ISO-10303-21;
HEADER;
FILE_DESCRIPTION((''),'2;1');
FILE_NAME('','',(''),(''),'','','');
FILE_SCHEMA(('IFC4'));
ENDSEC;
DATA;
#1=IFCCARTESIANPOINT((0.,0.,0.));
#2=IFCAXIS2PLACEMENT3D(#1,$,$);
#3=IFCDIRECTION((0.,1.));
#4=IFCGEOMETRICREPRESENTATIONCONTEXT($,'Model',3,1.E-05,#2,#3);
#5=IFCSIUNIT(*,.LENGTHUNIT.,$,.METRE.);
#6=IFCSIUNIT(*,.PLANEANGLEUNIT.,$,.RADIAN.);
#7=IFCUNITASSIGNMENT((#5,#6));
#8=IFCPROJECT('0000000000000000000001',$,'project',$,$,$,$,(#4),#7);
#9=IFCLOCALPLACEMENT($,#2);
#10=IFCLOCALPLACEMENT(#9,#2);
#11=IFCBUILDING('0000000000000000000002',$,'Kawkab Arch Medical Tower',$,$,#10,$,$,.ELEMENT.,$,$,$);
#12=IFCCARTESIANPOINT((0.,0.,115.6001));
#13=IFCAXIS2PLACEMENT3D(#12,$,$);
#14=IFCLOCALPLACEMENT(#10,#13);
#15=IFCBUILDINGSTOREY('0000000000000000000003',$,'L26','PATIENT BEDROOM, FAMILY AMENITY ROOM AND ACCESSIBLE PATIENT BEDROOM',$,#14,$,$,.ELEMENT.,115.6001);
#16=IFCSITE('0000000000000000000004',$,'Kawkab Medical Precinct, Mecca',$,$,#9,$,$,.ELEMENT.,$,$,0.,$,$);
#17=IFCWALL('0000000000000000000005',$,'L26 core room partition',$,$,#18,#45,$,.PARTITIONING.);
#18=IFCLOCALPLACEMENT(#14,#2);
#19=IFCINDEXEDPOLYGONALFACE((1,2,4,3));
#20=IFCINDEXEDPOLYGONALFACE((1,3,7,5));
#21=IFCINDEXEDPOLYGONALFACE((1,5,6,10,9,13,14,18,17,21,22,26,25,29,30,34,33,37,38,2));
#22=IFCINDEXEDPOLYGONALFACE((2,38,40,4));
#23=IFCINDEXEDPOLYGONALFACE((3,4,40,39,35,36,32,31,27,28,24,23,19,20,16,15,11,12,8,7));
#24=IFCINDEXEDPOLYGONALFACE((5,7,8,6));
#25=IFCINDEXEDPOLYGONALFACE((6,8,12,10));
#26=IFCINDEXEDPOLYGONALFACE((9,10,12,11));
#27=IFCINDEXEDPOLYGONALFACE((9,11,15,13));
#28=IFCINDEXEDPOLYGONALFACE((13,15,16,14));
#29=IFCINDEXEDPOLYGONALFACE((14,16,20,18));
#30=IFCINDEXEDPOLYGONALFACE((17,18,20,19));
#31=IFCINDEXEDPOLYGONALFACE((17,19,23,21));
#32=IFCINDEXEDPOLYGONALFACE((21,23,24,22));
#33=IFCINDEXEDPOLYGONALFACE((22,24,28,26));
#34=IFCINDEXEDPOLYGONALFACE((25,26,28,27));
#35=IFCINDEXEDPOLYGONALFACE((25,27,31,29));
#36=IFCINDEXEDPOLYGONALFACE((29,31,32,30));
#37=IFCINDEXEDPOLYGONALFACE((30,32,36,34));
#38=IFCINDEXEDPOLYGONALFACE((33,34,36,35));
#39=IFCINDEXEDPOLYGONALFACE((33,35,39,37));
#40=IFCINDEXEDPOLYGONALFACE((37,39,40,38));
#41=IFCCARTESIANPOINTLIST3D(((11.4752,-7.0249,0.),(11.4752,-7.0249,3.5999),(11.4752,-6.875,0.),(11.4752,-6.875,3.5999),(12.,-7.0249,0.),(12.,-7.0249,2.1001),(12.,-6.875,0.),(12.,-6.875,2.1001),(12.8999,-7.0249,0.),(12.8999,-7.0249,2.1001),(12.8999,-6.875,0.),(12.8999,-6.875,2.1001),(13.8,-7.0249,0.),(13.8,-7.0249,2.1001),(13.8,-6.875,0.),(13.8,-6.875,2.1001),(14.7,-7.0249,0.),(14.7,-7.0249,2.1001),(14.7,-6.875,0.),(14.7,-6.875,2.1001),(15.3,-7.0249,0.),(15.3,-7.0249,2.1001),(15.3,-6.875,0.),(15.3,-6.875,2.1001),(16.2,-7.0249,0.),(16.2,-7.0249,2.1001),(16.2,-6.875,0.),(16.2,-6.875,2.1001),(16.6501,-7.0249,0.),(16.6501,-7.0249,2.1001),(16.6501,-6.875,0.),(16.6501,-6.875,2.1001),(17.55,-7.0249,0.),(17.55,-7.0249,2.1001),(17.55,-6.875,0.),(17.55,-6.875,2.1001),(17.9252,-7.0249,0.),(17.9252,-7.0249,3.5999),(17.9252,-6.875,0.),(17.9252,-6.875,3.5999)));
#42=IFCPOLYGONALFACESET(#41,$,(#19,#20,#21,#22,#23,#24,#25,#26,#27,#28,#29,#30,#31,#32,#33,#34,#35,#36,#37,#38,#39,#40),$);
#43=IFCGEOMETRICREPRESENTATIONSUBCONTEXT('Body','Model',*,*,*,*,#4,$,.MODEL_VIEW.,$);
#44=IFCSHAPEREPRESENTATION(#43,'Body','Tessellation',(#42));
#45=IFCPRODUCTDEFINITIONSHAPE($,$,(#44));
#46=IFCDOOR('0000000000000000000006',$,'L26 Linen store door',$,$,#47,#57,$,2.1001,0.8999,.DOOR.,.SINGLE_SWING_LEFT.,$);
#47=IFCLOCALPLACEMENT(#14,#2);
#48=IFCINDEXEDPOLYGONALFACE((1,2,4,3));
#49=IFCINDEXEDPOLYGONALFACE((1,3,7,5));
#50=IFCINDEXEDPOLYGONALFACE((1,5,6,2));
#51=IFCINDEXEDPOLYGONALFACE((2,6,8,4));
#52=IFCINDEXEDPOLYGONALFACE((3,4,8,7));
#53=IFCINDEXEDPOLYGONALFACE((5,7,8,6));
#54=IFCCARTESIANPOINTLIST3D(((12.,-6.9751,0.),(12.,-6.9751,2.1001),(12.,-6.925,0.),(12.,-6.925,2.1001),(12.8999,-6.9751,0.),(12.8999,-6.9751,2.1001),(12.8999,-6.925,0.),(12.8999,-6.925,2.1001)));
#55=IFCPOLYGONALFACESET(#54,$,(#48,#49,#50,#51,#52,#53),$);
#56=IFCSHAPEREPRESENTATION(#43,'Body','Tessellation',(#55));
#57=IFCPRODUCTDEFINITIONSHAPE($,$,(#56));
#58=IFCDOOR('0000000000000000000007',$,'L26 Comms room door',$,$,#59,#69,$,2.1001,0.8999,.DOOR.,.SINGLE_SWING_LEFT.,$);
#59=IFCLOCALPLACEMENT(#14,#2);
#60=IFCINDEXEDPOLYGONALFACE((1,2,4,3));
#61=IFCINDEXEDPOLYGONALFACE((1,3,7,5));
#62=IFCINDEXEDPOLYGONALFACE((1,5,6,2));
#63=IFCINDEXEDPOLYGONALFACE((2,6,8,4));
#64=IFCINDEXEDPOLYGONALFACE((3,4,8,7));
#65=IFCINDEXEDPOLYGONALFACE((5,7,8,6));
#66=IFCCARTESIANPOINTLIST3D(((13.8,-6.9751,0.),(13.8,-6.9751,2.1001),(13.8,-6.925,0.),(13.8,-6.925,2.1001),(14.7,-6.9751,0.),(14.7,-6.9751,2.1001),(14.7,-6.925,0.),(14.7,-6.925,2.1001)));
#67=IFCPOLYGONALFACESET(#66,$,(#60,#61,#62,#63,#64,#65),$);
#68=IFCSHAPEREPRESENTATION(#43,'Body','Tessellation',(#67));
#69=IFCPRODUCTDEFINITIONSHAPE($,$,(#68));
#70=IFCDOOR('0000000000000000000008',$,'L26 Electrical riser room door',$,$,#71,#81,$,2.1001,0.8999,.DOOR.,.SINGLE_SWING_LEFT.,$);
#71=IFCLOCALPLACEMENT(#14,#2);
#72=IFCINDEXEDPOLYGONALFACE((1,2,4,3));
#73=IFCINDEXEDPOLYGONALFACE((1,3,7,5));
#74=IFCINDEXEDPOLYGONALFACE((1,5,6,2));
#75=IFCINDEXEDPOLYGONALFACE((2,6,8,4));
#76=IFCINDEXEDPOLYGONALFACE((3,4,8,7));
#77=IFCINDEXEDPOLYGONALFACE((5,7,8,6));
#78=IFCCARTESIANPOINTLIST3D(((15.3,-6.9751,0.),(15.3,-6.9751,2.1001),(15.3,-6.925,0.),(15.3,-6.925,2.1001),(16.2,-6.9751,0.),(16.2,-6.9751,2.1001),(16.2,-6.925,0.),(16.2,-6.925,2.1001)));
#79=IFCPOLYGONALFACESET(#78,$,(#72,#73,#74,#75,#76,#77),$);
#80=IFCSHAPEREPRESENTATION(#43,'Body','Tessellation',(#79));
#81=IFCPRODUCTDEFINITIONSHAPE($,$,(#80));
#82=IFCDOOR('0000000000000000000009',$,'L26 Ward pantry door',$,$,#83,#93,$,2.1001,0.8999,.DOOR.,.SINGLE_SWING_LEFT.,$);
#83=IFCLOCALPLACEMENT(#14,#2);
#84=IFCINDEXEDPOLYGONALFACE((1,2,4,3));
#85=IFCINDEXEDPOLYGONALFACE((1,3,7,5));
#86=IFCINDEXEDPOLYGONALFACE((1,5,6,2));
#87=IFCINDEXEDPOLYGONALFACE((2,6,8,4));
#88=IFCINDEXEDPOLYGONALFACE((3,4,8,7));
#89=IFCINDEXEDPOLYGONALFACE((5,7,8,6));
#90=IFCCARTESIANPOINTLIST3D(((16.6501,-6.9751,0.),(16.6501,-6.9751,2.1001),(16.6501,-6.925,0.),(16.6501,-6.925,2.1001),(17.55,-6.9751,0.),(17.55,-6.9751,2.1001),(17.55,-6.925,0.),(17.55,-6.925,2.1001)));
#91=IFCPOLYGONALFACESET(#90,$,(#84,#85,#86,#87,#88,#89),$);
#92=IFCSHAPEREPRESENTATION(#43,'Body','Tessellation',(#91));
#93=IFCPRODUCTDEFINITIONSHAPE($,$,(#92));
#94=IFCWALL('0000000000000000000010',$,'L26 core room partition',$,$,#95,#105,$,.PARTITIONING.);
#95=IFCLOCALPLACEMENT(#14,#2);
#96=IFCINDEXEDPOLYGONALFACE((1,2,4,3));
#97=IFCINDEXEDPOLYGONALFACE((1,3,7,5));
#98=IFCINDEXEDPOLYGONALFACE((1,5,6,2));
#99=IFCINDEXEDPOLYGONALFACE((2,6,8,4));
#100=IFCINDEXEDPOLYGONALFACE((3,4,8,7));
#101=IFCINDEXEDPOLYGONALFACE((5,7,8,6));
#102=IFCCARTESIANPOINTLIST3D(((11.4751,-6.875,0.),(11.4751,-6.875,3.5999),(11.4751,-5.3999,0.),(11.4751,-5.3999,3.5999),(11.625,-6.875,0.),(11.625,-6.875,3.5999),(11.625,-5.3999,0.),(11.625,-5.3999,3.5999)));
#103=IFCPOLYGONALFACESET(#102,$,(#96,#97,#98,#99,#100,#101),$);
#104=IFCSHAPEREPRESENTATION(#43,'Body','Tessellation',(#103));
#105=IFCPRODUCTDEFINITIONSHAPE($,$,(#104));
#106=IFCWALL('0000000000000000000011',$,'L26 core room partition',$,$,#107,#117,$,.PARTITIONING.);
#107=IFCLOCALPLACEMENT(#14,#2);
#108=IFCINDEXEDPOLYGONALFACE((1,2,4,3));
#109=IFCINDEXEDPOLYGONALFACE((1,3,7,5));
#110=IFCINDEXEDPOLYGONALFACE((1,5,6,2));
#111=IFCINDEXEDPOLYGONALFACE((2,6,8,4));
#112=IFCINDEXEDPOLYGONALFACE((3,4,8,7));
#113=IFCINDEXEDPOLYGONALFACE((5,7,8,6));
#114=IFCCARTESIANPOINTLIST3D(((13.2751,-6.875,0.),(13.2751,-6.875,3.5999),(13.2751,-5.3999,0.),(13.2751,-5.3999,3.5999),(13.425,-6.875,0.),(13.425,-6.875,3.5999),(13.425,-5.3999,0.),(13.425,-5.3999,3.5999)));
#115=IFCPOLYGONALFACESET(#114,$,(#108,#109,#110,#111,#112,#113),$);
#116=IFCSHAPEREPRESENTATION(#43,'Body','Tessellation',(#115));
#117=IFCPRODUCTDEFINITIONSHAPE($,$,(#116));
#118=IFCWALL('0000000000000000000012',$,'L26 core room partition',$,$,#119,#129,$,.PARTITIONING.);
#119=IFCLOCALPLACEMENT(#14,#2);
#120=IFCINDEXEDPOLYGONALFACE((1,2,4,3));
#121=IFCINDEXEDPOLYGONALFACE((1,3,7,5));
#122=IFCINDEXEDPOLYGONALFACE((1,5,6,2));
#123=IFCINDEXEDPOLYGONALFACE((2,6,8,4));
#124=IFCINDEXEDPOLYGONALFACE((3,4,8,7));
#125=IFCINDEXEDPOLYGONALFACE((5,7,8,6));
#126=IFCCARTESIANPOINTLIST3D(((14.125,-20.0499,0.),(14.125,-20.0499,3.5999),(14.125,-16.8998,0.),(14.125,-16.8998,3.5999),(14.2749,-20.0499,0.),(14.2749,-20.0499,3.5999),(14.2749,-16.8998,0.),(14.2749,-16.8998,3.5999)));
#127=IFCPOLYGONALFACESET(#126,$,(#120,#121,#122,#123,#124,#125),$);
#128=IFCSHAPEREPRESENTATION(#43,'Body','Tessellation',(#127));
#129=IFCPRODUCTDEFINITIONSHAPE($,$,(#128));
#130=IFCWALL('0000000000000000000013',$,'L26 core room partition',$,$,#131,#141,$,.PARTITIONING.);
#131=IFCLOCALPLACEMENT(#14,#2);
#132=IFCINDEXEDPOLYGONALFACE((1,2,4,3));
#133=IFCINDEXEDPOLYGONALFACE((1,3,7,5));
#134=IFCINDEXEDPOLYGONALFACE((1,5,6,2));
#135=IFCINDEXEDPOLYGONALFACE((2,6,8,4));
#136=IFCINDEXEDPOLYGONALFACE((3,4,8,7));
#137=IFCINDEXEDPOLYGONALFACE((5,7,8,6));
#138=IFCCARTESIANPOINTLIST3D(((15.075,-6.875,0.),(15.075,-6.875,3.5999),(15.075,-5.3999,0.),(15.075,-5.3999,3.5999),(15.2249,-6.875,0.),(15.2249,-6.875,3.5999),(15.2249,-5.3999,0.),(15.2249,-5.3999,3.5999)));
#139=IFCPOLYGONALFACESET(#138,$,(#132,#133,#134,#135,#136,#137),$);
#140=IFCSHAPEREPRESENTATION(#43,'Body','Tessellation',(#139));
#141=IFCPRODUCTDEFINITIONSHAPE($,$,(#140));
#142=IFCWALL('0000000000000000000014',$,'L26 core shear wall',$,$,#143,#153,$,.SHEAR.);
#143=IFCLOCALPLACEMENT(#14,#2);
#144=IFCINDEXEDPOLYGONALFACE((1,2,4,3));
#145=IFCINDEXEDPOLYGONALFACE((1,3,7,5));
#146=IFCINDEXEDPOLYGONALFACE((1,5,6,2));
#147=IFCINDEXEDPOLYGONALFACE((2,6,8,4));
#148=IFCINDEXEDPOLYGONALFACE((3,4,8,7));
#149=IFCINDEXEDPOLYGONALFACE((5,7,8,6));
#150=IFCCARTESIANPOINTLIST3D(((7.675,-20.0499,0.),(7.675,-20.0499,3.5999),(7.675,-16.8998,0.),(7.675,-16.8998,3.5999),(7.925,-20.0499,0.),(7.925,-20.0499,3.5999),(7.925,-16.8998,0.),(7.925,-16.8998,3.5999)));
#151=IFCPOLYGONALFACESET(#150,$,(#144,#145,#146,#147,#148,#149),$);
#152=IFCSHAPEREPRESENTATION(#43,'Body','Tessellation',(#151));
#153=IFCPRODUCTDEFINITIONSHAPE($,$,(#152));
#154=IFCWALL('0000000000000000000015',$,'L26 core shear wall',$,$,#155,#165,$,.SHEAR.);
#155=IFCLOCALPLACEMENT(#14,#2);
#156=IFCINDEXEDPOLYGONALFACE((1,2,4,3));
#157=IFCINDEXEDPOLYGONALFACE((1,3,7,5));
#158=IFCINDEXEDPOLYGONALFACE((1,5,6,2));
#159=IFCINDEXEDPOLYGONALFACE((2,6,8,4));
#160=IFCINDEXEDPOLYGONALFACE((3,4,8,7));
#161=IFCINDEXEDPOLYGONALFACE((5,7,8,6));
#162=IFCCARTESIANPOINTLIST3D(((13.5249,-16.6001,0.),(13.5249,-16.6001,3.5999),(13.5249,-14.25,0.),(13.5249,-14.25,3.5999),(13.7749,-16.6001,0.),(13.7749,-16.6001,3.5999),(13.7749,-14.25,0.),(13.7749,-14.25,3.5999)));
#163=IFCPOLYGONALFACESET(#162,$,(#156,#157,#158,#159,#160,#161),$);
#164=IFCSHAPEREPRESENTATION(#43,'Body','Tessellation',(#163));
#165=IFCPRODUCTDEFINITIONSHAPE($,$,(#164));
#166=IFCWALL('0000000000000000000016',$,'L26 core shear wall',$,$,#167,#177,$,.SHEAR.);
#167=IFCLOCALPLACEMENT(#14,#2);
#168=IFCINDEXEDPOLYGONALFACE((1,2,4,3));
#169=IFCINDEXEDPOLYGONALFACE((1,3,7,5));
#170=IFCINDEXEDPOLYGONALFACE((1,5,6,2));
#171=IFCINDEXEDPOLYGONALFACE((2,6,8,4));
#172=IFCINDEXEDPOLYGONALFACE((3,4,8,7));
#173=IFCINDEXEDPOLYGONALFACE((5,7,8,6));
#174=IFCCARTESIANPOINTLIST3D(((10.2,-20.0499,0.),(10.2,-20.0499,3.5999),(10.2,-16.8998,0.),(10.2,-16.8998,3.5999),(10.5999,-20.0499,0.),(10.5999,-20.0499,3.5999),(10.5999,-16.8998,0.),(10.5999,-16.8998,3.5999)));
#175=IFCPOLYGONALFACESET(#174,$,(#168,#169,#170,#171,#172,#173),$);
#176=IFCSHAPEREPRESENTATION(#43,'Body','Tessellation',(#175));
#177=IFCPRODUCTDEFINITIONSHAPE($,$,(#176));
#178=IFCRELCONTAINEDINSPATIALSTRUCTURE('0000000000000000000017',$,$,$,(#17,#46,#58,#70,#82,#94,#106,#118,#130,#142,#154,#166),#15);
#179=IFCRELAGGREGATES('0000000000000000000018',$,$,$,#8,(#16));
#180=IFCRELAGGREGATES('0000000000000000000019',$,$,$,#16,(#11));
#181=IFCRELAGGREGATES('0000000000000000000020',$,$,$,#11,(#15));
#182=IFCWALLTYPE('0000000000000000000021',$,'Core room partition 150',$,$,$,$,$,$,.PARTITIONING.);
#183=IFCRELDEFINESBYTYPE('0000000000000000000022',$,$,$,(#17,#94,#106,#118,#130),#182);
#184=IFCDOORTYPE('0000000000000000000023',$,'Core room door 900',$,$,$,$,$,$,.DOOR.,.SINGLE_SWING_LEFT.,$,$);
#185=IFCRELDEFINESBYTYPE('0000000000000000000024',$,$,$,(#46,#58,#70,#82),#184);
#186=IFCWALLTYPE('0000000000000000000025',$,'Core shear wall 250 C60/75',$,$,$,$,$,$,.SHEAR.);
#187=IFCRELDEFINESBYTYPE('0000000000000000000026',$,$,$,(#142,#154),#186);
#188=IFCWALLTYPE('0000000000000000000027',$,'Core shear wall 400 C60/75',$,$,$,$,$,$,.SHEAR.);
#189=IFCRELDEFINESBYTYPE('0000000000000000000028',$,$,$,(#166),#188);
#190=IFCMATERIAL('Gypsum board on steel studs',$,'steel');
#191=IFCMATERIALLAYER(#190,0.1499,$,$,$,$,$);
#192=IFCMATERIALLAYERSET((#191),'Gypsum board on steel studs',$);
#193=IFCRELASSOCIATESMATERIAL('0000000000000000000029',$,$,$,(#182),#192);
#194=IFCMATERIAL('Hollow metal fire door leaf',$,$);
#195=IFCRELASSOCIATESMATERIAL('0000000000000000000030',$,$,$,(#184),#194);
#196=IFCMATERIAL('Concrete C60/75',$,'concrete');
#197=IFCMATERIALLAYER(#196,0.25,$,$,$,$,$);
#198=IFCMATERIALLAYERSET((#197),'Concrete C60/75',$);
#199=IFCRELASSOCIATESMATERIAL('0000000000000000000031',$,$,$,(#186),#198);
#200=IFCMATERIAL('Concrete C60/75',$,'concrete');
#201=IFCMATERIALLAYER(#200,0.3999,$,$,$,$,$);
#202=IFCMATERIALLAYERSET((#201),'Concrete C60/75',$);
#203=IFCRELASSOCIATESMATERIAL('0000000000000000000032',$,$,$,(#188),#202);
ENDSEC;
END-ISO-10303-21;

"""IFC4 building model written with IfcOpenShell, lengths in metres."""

from ifc_helpers import new_model, si_unit, direction, frame, frame_2d, origin, place, context, subcontext, project, spatial, rectangle, extrude, material, layer, layer_set, type_object, element, fill, save


model = new_model("IFC4")

# Units and contexts
model_context = context("Model", 3, precision=1e-05, world=origin(), true_north=direction((0.0, 1.0)))
body_context = subcontext(model_context, "Body", "Model", "MODEL_VIEW")
ifc_project = project(units=[si_unit("LENGTHUNIT", "METRE"), si_unit("PLANEANGLEUNIT", "RADIAN")], contexts=[model_context])

# Site, building, storey
site_placement = place(None, origin())
site = spatial("IfcSite", under=ifc_project, at=site_placement, Name="Kawkab Medical Precinct, Mecca", CompositionType="ELEMENT", RefElevation=0.0)
building_placement = place(site_placement, origin())
building = spatial("IfcBuilding", under=site, at=building_placement, Name="Kawkab Arch Medical Tower", CompositionType="ELEMENT")
storey_placement = place(building_placement, frame((0.0, 0.0, 115.6001)))
storey = spatial("IfcBuildingStorey", under=building, at=storey_placement, Name="L26", Description="PATIENT BEDROOM, FAMILY AMENITY ROOM AND ACCESSIBLE PATIENT BEDROOM", CompositionType="ELEMENT", Elevation=115.6001)

# Wall, openings, doors
ifc_material_1 = material(Name="Gypsum board on steel studs", Category="steel")
ifc_layer_1 = layer(ifc_material_1, 0.1499)
ifc_layer_set_1 = layer_set([ifc_layer_1], Name="Gypsum board on steel studs")
wall_type_1 = type_object("IfcWallType", Name="Core room partition 150", PredefinedType="PARTITIONING", material=ifc_layer_set_1)
wall_1_placement = place(storey_placement, frame((11.4751, -6.95, 0.0), z_axis=(0.0, 0.0, 1.0), x_axis=(1.0, 0.0, 0.0)))
wall_1 = element("IfcWall", 1, at=wall_1_placement, inside=storey, type_object=wall_type_1, Name="L26 core room partition", PredefinedType="PARTITIONING", context=body_context, shape_type="SweptSolid", body=[
    extrude(rectangle(XDim=6.45, YDim=0.1499, at=frame_2d((3.2251, 0.0))), origin(), (0.0, 0.0, 1.0), 3.5999),
])
opening_1_placement = place(wall_1_placement, frame((0.5249, 0.0, 0.0)))
opening_1 = element("IfcOpeningElement", 2, at=opening_1_placement, cuts=wall_1, PredefinedType="OPENING", context=body_context, shape_type="SweptSolid", body=[
    extrude(rectangle(XDim=0.8999, YDim=2.1001, at=frame_2d((0.45, 1.05))), frame((0.0, 0.085, 0.0), z_axis=(0.0, -1.0, 0.0), x_axis=(1.0, 0.0, 0.0)), (0.0, 0.0, 1.0), 0.1699),
])
opening_2_placement = place(wall_1_placement, frame((2.325, 0.0, 0.0)))
opening_2 = element("IfcOpeningElement", 3, at=opening_2_placement, cuts=wall_1, PredefinedType="OPENING", context=body_context, shape_type="SweptSolid", body=[
    extrude(rectangle(XDim=0.8999, YDim=2.1001, at=frame_2d((0.45, 1.05))), frame((0.0, 0.085, 0.0), z_axis=(0.0, -1.0, 0.0), x_axis=(1.0, 0.0, 0.0)), (0.0, 0.0, 1.0), 0.1699),
])
opening_3_placement = place(wall_1_placement, frame((3.825, 0.0, 0.0)))
opening_3 = element("IfcOpeningElement", 4, at=opening_3_placement, cuts=wall_1, PredefinedType="OPENING", context=body_context, shape_type="SweptSolid", body=[
    extrude(rectangle(XDim=0.8999, YDim=2.1001, at=frame_2d((0.45, 1.05))), frame((0.0, 0.085, 0.0), z_axis=(0.0, -1.0, 0.0), x_axis=(1.0, 0.0, 0.0)), (0.0, 0.0, 1.0), 0.1699),
])
opening_4_placement = place(wall_1_placement, frame((5.175, 0.0, 0.0)))
opening_4 = element("IfcOpeningElement", 5, at=opening_4_placement, cuts=wall_1, PredefinedType="OPENING", context=body_context, shape_type="SweptSolid", body=[
    extrude(rectangle(XDim=0.8999, YDim=2.1001, at=frame_2d((0.45, 1.05))), frame((0.0, 0.085, 0.0), z_axis=(0.0, -1.0, 0.0), x_axis=(1.0, 0.0, 0.0)), (0.0, 0.0, 1.0), 0.1699),
])
ifc_material_2 = material(Name="Hollow metal fire door leaf")
door_type = type_object("IfcDoorType", Name="Core room door 900", OperationType="SINGLE_SWING_LEFT", PredefinedType="DOOR", material=ifc_material_2)
door_1_placement = place(opening_1_placement, origin())
door_1 = element("IfcDoor", 6, at=door_1_placement, inside=storey, type_object=door_type, Name="L26 Linen store door", OperationType="SINGLE_SWING_LEFT", OverallHeight=2.1001, OverallWidth=0.8999, PredefinedType="DOOR", context=body_context, shape_type="SweptSolid", body=[
    extrude(rectangle(XDim=0.8999, YDim=2.1001, at=frame_2d((0.45, 1.05))), frame((0.0, 0.0249, 0.0), z_axis=(0.0, -1.0, 0.0), x_axis=(1.0, 0.0, 0.0)), (0.0, 0.0, 1.0), 0.05),
])
fill(opening_1, door_1)
door_2_placement = place(opening_2_placement, origin())
door_2 = element("IfcDoor", 7, at=door_2_placement, inside=storey, type_object=door_type, Name="L26 Comms room door", OperationType="SINGLE_SWING_LEFT", OverallHeight=2.1001, OverallWidth=0.8999, PredefinedType="DOOR", context=body_context, shape_type="SweptSolid", body=[
    extrude(rectangle(XDim=0.8999, YDim=2.1001, at=frame_2d((0.45, 1.05))), frame((0.0, 0.0249, 0.0), z_axis=(0.0, -1.0, 0.0), x_axis=(1.0, 0.0, 0.0)), (0.0, 0.0, 1.0), 0.05),
])
fill(opening_2, door_2)
door_3_placement = place(opening_3_placement, origin())
door_3 = element("IfcDoor", 8, at=door_3_placement, inside=storey, type_object=door_type, Name="L26 Electrical riser room door", OperationType="SINGLE_SWING_LEFT", OverallHeight=2.1001, OverallWidth=0.8999, PredefinedType="DOOR", context=body_context, shape_type="SweptSolid", body=[
    extrude(rectangle(XDim=0.8999, YDim=2.1001, at=frame_2d((0.45, 1.05))), frame((0.0, 0.0249, 0.0), z_axis=(0.0, -1.0, 0.0), x_axis=(1.0, 0.0, 0.0)), (0.0, 0.0, 1.0), 0.05),
])
fill(opening_3, door_3)
door_4_placement = place(opening_4_placement, origin())
door_4 = element("IfcDoor", 9, at=door_4_placement, inside=storey, type_object=door_type, Name="L26 Ward pantry door", OperationType="SINGLE_SWING_LEFT", OverallHeight=2.1001, OverallWidth=0.8999, PredefinedType="DOOR", context=body_context, shape_type="SweptSolid", body=[
    extrude(rectangle(XDim=0.8999, YDim=2.1001, at=frame_2d((0.45, 1.05))), frame((0.0, 0.0249, 0.0), z_axis=(0.0, -1.0, 0.0), x_axis=(1.0, 0.0, 0.0)), (0.0, 0.0, 1.0), 0.05),
])
fill(opening_4, door_4)

# Walls
for number, where, z_axis, x_axis, name in (
    (10, (11.55, -6.875, 0.0), (0.0, 0.0, 1.0), (0.0, 1.0, 0.0), "L26 core room partition"),
    (11, (13.3501, -6.875, 0.0), (0.0, 0.0, 1.0), (0.0, 1.0, 0.0), "L26 core room partition"),
):
    element("IfcWall", number, at=place(storey_placement, frame(where, z_axis=z_axis, x_axis=x_axis)), inside=storey, type_object=wall_type_1, Name=name, PredefinedType="PARTITIONING", context=body_context, shape_type="SweptSolid", body=[
        extrude(rectangle(XDim=1.4751, YDim=0.1499, at=frame_2d((0.7375, 0.0))), origin(), (0.0, 0.0, 1.0), 3.5999),
    ])
wall_2_placement = place(storey_placement, frame((14.2, -20.05, 0.0), z_axis=(0.0, 0.0, 1.0), x_axis=(0.0, 1.0, 0.0)))
element("IfcWall", 12, at=wall_2_placement, inside=storey, type_object=wall_type_1, Name="L26 core room partition", PredefinedType="PARTITIONING", context=body_context, shape_type="SweptSolid", body=[
    extrude(rectangle(XDim=3.1501, YDim=0.1499, at=frame_2d((1.5752, 0.0))), origin(), (0.0, 0.0, 1.0), 3.5999),
])
wall_3_placement = place(storey_placement, frame((15.1499, -6.875, 0.0), z_axis=(0.0, 0.0, 1.0), x_axis=(0.0, 1.0, 0.0)))
element("IfcWall", 13, at=wall_3_placement, inside=storey, type_object=wall_type_1, Name="L26 core room partition", PredefinedType="PARTITIONING", context=body_context, shape_type="SweptSolid", body=[
    extrude(rectangle(XDim=1.4751, YDim=0.1499, at=frame_2d((0.7375, 0.0))), origin(), (0.0, 0.0, 1.0), 3.5999),
])
ifc_material_3 = material(Name="Concrete C60/75", Category="concrete")
ifc_layer_2 = layer(ifc_material_3, 0.25)
ifc_layer_set_2 = layer_set([ifc_layer_2], Name="Concrete C60/75")
wall_type_2 = type_object("IfcWallType", Name="Core shear wall 250 C60/75", PredefinedType="SHEAR", material=ifc_layer_set_2)
wall_4_placement = place(storey_placement, frame((7.8, -20.05, 0.0), z_axis=(0.0, 0.0, 1.0), x_axis=(0.0, 1.0, 0.0)))
element("IfcWall", 14, at=wall_4_placement, inside=storey, type_object=wall_type_2, Name="L26 core shear wall", PredefinedType="SHEAR", context=body_context, shape_type="SweptSolid", body=[
    extrude(rectangle(XDim=3.1501, YDim=0.25, at=frame_2d((1.5752, 0.0))), origin(), (0.0, 0.0, 1.0), 3.5999),
])
wall_5_placement = place(storey_placement, frame((13.6499, -16.6001, 0.0), z_axis=(0.0, 0.0, 1.0), x_axis=(0.0, 1.0, 0.0)))
element("IfcWall", 15, at=wall_5_placement, inside=storey, type_object=wall_type_2, Name="L26 core shear wall", PredefinedType="SHEAR", context=body_context, shape_type="SweptSolid", body=[
    extrude(rectangle(XDim=2.3501, YDim=0.25, at=frame_2d((1.175, 0.0))), origin(), (0.0, 0.0, 1.0), 3.5999),
])
ifc_material_4 = material(Name="Concrete C60/75", Category="concrete")
ifc_layer_3 = layer(ifc_material_4, 0.3999)
ifc_layer_set_3 = layer_set([ifc_layer_3], Name="Concrete C60/75")
wall_type_3 = type_object("IfcWallType", Name="Core shear wall 400 C60/75", PredefinedType="SHEAR", material=ifc_layer_set_3)
wall_6_placement = place(storey_placement, frame((10.3999, -20.05, 0.0), z_axis=(0.0, 0.0, 1.0), x_axis=(0.0, 1.0, 0.0)))
element("IfcWall", 16, at=wall_6_placement, inside=storey, type_object=wall_type_3, Name="L26 core shear wall", PredefinedType="SHEAR", context=body_context, shape_type="SweptSolid", body=[
    extrude(rectangle(XDim=3.1501, YDim=0.3999, at=frame_2d((1.5752, 0.0))), origin(), (0.0, 0.0, 1.0), 3.5999),
])

save(model, "model.ifc")
